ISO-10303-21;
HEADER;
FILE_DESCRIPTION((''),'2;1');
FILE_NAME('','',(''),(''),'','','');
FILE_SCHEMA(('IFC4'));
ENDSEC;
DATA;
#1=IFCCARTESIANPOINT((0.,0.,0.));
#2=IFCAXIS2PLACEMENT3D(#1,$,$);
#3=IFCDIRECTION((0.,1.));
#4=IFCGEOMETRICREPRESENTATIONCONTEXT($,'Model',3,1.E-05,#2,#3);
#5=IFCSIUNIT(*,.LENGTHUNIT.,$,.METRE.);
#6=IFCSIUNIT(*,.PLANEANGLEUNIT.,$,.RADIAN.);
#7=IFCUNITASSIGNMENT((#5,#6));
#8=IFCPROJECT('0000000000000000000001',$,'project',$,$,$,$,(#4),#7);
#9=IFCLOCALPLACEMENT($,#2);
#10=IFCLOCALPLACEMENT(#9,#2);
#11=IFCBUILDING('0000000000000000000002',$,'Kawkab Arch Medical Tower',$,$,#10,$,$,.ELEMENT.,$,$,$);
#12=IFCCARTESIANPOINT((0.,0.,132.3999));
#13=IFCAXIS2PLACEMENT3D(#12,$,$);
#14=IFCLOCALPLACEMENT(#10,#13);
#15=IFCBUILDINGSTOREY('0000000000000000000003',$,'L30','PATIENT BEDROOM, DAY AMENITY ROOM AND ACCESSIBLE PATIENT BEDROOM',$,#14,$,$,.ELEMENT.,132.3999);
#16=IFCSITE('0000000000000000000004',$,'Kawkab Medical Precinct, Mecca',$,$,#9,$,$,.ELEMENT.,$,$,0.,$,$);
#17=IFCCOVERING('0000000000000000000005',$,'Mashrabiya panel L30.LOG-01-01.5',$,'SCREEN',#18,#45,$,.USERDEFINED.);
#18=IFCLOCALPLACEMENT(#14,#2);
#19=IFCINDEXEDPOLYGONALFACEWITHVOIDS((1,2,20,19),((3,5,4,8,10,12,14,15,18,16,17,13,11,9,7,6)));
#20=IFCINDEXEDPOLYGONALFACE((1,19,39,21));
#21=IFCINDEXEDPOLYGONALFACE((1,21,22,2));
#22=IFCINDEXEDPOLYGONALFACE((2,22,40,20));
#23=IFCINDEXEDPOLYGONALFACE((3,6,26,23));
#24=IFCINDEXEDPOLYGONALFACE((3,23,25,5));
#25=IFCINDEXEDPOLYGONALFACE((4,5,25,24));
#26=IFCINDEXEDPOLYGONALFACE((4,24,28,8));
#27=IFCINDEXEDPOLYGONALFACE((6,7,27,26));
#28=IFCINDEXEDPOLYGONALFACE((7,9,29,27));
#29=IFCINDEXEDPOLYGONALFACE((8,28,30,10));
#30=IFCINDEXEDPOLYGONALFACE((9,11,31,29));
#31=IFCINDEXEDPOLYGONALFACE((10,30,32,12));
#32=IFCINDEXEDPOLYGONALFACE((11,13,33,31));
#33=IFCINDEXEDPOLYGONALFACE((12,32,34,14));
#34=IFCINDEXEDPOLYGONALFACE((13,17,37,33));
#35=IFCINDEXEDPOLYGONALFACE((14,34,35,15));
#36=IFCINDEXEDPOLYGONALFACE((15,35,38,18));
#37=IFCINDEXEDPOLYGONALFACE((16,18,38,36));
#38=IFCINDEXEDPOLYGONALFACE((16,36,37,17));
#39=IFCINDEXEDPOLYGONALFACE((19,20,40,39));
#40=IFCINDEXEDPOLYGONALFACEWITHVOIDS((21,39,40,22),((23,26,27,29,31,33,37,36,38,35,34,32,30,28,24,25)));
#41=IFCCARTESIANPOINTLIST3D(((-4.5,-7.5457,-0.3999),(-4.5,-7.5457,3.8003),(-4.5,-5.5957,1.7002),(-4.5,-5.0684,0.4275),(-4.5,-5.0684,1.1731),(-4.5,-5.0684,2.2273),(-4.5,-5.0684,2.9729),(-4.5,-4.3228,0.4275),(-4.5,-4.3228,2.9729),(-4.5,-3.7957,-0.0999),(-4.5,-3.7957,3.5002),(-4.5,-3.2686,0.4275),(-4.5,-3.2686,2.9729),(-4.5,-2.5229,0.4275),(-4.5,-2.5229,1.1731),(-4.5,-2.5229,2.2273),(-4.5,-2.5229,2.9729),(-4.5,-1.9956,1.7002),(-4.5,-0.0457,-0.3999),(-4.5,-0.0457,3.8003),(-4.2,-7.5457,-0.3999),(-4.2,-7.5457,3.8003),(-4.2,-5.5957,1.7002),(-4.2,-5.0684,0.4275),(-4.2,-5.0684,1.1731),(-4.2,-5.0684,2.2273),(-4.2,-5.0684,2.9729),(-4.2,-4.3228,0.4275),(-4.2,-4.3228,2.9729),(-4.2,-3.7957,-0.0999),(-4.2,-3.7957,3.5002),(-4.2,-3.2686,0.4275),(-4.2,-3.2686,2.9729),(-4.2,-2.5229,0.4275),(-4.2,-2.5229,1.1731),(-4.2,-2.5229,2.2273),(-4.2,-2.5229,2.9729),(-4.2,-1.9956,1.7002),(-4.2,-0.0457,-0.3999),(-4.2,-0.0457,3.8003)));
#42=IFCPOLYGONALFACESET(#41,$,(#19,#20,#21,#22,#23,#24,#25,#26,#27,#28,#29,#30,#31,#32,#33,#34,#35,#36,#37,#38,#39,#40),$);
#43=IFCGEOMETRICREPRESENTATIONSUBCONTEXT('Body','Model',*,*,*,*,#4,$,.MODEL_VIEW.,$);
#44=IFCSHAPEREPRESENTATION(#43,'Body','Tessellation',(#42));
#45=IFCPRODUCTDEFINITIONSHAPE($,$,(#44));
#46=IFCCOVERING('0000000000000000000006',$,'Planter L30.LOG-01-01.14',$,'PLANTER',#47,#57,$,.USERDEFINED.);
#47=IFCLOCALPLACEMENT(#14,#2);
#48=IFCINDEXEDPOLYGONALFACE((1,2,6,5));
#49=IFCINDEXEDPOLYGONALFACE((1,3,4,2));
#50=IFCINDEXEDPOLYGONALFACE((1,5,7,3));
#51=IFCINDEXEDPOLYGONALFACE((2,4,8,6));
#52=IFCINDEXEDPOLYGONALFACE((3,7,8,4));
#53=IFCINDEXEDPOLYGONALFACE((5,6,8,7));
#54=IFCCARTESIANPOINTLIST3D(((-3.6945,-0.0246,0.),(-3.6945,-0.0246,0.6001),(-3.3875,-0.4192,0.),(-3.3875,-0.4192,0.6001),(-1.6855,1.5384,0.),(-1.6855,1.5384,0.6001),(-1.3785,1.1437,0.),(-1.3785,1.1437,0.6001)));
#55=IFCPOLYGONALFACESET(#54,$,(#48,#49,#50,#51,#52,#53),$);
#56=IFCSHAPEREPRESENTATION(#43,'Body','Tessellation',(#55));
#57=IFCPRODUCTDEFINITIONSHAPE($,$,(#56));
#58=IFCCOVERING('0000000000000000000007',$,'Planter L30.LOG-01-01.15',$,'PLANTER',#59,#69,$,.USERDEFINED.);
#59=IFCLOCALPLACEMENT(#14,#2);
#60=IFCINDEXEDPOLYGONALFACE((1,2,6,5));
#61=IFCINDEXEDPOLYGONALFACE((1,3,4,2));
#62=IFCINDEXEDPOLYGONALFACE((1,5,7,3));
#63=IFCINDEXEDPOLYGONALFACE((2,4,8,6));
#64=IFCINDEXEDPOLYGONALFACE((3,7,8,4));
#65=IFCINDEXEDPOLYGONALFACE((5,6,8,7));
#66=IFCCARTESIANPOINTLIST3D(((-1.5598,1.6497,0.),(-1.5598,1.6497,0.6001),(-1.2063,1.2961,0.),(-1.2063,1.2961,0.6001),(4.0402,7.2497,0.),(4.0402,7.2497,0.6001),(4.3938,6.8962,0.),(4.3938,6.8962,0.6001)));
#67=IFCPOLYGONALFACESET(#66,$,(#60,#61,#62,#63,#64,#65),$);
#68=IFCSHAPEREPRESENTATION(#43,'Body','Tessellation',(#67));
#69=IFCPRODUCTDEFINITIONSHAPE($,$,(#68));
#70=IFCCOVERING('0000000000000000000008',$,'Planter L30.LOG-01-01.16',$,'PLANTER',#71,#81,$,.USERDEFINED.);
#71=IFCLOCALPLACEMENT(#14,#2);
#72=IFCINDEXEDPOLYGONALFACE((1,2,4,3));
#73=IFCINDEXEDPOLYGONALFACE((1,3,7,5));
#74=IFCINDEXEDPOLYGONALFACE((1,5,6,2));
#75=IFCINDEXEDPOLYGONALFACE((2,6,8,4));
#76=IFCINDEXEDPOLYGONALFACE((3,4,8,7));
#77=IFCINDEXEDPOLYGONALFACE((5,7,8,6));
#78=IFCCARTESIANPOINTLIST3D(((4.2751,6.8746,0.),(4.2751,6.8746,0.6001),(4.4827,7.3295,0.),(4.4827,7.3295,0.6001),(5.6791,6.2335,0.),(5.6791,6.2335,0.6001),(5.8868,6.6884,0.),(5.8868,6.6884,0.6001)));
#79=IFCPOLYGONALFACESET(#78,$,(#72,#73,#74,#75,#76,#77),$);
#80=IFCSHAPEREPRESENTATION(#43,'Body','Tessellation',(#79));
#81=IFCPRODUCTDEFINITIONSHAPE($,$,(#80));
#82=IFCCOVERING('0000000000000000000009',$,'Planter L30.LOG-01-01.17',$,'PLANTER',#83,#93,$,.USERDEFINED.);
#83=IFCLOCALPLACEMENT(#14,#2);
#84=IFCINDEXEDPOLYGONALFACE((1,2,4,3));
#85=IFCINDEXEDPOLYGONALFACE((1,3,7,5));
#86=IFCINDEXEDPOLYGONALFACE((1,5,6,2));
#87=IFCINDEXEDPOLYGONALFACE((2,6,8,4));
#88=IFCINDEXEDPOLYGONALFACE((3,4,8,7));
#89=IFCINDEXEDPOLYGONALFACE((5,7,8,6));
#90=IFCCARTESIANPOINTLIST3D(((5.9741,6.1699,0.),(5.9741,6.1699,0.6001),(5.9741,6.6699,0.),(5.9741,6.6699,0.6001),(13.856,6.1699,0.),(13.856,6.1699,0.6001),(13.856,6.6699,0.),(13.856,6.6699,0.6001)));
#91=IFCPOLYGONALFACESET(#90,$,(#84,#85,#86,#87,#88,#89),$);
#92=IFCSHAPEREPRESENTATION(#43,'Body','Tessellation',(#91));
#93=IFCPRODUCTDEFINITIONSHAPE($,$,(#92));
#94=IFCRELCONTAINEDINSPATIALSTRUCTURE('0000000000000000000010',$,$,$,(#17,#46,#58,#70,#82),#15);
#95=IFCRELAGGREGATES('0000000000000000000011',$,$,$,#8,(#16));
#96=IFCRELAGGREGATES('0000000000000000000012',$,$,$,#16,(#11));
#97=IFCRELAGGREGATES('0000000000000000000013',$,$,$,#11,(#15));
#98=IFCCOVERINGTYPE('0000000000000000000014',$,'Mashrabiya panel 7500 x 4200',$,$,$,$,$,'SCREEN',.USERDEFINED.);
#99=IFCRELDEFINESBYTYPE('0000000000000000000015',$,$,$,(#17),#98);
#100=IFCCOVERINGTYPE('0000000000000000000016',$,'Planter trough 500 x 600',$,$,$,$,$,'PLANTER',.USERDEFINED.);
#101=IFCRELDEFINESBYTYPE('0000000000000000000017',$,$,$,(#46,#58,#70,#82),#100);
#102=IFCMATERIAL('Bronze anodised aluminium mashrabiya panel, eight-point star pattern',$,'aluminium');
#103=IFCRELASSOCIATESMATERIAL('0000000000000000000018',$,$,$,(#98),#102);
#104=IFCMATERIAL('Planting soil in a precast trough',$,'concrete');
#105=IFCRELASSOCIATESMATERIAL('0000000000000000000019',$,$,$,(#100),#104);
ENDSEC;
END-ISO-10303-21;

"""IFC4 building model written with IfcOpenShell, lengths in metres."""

from ifc_helpers import new_model, si_unit, direction, frame, origin, origin_2d, place, context, subcontext, project, spatial, polyline, rectangle, outline, extrude, material, material_profile, profile_set, type_object, element, save


model = new_model("IFC4")

# Units and contexts
model_context = context("Model", 3, precision=1e-05, world=origin(), true_north=direction((0.0, 1.0)))
body_context = subcontext(model_context, "Body", "Model", "MODEL_VIEW")
ifc_project = project(units=[si_unit("LENGTHUNIT", "METRE"), si_unit("PLANEANGLEUNIT", "RADIAN")], contexts=[model_context])

# Site, building, storey
site_placement = place(None, origin())
site = spatial("IfcSite", under=ifc_project, at=site_placement, Name="Kawkab Medical Precinct, Mecca", CompositionType="ELEMENT", RefElevation=0.0)
building_placement = place(site_placement, origin())
building = spatial("IfcBuilding", under=site, at=building_placement, Name="Kawkab Arch Medical Tower", CompositionType="ELEMENT")
storey_placement = place(building_placement, frame((0.0, 0.0, 132.3999)))
storey = spatial("IfcBuildingStorey", under=building, at=storey_placement, Name="L30", Description="PATIENT BEDROOM, DAY AMENITY ROOM AND ACCESSIBLE PATIENT BEDROOM", CompositionType="ELEMENT", Elevation=132.3999)

# Coverings
ifc_material_1 = material(Name="Bronze anodised aluminium mashrabiya panel, eight-point star pattern", Category="aluminium")
ifc_material_profile_1 = material_profile(ifc_material_1, outline(polyline([(-3.75, -2.1001), (3.75, -2.1001), (3.75, 2.1001), (-3.75, 2.1001), (-3.75, -2.1001)]), holes=[polyline([(1.8, 0.0), (1.2727, 0.5271), (1.2727, 1.2727), (0.5271, 1.2727), (0.0, 1.8), (-0.5271, 1.2727), (-1.2727, 1.2727), (-1.2727, 0.5271), (-1.8, 0.0), (-1.2727, -0.5271), (-1.2727, -1.2727), (-0.5271, -1.2727), (0.0, -1.8), (0.5271, -1.2727), (1.2727, -1.2727), (1.2727, -0.5271), (1.8, 0.0)])]), Name="Mashrabiya panel 7500x4200")
ifc_profile_set_1 = profile_set([ifc_material_profile_1], Name="Bronze anodised aluminium mashrabiya panel, eight-point star pattern")
covering_type_1 = type_object("IfcCoveringType", Name="Mashrabiya panel 7500 x 4200", ElementType="SCREEN", PredefinedType="USERDEFINED", material=ifc_profile_set_1)
covering_1_placement = place(storey_placement, frame((-4.2, -3.7957, 1.7002), z_axis=(-1.0, 0.0, 0.0), x_axis=(0.0, -1.0, 0.0)))
element("IfcCovering", 1, at=covering_1_placement, inside=storey, type_object=covering_type_1, Name="Mashrabiya panel L30.LOG-01-01.5", ObjectType="SCREEN", PredefinedType="USERDEFINED", context=body_context, shape_type="SweptSolid", body=[
    extrude(outline(polyline([(-3.75, -2.1001), (3.75, -2.1001), (3.75, 2.1001), (-3.75, 2.1001), (-3.75, -2.1001)]), holes=[polyline([(1.8, 0.0), (1.2727, 0.5271), (1.2727, 1.2727), (0.5271, 1.2727), (0.0, 1.8), (-0.5271, 1.2727), (-1.2727, 1.2727), (-1.2727, 0.5271), (-1.8, 0.0), (-1.2727, -0.5271), (-1.2727, -1.2727), (-0.5271, -1.2727), (0.0, -1.8), (0.5271, -1.2727), (1.2727, -1.2727), (1.2727, -0.5271), (1.8, 0.0)])]), origin(), (0.0, 0.0, 1.0), 0.3),
])
ifc_material_2 = material(Name="Planting soil in a precast trough", Category="concrete")
ifc_material_profile_2 = material_profile(ifc_material_2, rectangle(XDim=0.5, YDim=0.6001, at=origin_2d()), Name="Trough 500x600")
ifc_profile_set_2 = profile_set([ifc_material_profile_2], Name="Planting soil in a precast trough")
covering_type_2 = type_object("IfcCoveringType", Name="Planter trough 500 x 600", ElementType="PLANTER", PredefinedType="USERDEFINED", material=ifc_profile_set_2)
covering_2_placement = place(storey_placement, frame((-3.541, -0.2219, 0.3), z_axis=(0.789275, 0.61404, 0.0), x_axis=(-0.61404, 0.789275, 0.0)))
element("IfcCovering", 2, at=covering_2_placement, inside=storey, type_object=covering_type_2, Name="Planter L30.LOG-01-01.14", ObjectType="PLANTER", PredefinedType="USERDEFINED", context=body_context, shape_type="SweptSolid", body=[
    extrude(rectangle(XDim=0.5, YDim=0.6001, at=origin_2d()), origin(), (0.0, 0.0, 1.0), 2.5454),
])
covering_3_placement = place(storey_placement, frame((-1.3831, 1.4729, 0.3), z_axis=(0.707107, 0.707107, 0.0), x_axis=(-0.707107, 0.707107, 0.0)))
element("IfcCovering", 3, at=covering_3_placement, inside=storey, type_object=covering_type_2, Name="Planter L30.LOG-01-01.15", ObjectType="PLANTER", PredefinedType="USERDEFINED", context=body_context, shape_type="SweptSolid", body=[
    extrude(rectangle(XDim=0.5, YDim=0.6001, at=origin_2d()), origin(), (0.0, 0.0, 1.0), 7.9197),
])
covering_4_placement = place(storey_placement, frame((4.3789, 7.1021, 0.3), z_axis=(0.909656, -0.415363, 0.0), x_axis=(0.415363, 0.909656, 0.0)))
element("IfcCovering", 4, at=covering_4_placement, inside=storey, type_object=covering_type_2, Name="Planter L30.LOG-01-01.16", ObjectType="PLANTER", PredefinedType="USERDEFINED", context=body_context, shape_type="SweptSolid", body=[
    extrude(rectangle(XDim=0.5, YDim=0.6001, at=origin_2d()), origin(), (0.0, 0.0, 1.0), 1.5435),
])
covering_5_placement = place(storey_placement, frame((5.9741, 6.4199, 0.3), z_axis=(1.0, 0.0, 0.0), x_axis=(0.0, 1.0, 0.0)))
element("IfcCovering", 5, at=covering_5_placement, inside=storey, type_object=covering_type_2, Name="Planter L30.LOG-01-01.17", ObjectType="PLANTER", PredefinedType="USERDEFINED", context=body_context, shape_type="SweptSolid", body=[
    extrude(rectangle(XDim=0.5, YDim=0.6001, at=origin_2d()), origin(), (0.0, 0.0, 1.0), 7.8818),
])

save(model, "model.ifc")
